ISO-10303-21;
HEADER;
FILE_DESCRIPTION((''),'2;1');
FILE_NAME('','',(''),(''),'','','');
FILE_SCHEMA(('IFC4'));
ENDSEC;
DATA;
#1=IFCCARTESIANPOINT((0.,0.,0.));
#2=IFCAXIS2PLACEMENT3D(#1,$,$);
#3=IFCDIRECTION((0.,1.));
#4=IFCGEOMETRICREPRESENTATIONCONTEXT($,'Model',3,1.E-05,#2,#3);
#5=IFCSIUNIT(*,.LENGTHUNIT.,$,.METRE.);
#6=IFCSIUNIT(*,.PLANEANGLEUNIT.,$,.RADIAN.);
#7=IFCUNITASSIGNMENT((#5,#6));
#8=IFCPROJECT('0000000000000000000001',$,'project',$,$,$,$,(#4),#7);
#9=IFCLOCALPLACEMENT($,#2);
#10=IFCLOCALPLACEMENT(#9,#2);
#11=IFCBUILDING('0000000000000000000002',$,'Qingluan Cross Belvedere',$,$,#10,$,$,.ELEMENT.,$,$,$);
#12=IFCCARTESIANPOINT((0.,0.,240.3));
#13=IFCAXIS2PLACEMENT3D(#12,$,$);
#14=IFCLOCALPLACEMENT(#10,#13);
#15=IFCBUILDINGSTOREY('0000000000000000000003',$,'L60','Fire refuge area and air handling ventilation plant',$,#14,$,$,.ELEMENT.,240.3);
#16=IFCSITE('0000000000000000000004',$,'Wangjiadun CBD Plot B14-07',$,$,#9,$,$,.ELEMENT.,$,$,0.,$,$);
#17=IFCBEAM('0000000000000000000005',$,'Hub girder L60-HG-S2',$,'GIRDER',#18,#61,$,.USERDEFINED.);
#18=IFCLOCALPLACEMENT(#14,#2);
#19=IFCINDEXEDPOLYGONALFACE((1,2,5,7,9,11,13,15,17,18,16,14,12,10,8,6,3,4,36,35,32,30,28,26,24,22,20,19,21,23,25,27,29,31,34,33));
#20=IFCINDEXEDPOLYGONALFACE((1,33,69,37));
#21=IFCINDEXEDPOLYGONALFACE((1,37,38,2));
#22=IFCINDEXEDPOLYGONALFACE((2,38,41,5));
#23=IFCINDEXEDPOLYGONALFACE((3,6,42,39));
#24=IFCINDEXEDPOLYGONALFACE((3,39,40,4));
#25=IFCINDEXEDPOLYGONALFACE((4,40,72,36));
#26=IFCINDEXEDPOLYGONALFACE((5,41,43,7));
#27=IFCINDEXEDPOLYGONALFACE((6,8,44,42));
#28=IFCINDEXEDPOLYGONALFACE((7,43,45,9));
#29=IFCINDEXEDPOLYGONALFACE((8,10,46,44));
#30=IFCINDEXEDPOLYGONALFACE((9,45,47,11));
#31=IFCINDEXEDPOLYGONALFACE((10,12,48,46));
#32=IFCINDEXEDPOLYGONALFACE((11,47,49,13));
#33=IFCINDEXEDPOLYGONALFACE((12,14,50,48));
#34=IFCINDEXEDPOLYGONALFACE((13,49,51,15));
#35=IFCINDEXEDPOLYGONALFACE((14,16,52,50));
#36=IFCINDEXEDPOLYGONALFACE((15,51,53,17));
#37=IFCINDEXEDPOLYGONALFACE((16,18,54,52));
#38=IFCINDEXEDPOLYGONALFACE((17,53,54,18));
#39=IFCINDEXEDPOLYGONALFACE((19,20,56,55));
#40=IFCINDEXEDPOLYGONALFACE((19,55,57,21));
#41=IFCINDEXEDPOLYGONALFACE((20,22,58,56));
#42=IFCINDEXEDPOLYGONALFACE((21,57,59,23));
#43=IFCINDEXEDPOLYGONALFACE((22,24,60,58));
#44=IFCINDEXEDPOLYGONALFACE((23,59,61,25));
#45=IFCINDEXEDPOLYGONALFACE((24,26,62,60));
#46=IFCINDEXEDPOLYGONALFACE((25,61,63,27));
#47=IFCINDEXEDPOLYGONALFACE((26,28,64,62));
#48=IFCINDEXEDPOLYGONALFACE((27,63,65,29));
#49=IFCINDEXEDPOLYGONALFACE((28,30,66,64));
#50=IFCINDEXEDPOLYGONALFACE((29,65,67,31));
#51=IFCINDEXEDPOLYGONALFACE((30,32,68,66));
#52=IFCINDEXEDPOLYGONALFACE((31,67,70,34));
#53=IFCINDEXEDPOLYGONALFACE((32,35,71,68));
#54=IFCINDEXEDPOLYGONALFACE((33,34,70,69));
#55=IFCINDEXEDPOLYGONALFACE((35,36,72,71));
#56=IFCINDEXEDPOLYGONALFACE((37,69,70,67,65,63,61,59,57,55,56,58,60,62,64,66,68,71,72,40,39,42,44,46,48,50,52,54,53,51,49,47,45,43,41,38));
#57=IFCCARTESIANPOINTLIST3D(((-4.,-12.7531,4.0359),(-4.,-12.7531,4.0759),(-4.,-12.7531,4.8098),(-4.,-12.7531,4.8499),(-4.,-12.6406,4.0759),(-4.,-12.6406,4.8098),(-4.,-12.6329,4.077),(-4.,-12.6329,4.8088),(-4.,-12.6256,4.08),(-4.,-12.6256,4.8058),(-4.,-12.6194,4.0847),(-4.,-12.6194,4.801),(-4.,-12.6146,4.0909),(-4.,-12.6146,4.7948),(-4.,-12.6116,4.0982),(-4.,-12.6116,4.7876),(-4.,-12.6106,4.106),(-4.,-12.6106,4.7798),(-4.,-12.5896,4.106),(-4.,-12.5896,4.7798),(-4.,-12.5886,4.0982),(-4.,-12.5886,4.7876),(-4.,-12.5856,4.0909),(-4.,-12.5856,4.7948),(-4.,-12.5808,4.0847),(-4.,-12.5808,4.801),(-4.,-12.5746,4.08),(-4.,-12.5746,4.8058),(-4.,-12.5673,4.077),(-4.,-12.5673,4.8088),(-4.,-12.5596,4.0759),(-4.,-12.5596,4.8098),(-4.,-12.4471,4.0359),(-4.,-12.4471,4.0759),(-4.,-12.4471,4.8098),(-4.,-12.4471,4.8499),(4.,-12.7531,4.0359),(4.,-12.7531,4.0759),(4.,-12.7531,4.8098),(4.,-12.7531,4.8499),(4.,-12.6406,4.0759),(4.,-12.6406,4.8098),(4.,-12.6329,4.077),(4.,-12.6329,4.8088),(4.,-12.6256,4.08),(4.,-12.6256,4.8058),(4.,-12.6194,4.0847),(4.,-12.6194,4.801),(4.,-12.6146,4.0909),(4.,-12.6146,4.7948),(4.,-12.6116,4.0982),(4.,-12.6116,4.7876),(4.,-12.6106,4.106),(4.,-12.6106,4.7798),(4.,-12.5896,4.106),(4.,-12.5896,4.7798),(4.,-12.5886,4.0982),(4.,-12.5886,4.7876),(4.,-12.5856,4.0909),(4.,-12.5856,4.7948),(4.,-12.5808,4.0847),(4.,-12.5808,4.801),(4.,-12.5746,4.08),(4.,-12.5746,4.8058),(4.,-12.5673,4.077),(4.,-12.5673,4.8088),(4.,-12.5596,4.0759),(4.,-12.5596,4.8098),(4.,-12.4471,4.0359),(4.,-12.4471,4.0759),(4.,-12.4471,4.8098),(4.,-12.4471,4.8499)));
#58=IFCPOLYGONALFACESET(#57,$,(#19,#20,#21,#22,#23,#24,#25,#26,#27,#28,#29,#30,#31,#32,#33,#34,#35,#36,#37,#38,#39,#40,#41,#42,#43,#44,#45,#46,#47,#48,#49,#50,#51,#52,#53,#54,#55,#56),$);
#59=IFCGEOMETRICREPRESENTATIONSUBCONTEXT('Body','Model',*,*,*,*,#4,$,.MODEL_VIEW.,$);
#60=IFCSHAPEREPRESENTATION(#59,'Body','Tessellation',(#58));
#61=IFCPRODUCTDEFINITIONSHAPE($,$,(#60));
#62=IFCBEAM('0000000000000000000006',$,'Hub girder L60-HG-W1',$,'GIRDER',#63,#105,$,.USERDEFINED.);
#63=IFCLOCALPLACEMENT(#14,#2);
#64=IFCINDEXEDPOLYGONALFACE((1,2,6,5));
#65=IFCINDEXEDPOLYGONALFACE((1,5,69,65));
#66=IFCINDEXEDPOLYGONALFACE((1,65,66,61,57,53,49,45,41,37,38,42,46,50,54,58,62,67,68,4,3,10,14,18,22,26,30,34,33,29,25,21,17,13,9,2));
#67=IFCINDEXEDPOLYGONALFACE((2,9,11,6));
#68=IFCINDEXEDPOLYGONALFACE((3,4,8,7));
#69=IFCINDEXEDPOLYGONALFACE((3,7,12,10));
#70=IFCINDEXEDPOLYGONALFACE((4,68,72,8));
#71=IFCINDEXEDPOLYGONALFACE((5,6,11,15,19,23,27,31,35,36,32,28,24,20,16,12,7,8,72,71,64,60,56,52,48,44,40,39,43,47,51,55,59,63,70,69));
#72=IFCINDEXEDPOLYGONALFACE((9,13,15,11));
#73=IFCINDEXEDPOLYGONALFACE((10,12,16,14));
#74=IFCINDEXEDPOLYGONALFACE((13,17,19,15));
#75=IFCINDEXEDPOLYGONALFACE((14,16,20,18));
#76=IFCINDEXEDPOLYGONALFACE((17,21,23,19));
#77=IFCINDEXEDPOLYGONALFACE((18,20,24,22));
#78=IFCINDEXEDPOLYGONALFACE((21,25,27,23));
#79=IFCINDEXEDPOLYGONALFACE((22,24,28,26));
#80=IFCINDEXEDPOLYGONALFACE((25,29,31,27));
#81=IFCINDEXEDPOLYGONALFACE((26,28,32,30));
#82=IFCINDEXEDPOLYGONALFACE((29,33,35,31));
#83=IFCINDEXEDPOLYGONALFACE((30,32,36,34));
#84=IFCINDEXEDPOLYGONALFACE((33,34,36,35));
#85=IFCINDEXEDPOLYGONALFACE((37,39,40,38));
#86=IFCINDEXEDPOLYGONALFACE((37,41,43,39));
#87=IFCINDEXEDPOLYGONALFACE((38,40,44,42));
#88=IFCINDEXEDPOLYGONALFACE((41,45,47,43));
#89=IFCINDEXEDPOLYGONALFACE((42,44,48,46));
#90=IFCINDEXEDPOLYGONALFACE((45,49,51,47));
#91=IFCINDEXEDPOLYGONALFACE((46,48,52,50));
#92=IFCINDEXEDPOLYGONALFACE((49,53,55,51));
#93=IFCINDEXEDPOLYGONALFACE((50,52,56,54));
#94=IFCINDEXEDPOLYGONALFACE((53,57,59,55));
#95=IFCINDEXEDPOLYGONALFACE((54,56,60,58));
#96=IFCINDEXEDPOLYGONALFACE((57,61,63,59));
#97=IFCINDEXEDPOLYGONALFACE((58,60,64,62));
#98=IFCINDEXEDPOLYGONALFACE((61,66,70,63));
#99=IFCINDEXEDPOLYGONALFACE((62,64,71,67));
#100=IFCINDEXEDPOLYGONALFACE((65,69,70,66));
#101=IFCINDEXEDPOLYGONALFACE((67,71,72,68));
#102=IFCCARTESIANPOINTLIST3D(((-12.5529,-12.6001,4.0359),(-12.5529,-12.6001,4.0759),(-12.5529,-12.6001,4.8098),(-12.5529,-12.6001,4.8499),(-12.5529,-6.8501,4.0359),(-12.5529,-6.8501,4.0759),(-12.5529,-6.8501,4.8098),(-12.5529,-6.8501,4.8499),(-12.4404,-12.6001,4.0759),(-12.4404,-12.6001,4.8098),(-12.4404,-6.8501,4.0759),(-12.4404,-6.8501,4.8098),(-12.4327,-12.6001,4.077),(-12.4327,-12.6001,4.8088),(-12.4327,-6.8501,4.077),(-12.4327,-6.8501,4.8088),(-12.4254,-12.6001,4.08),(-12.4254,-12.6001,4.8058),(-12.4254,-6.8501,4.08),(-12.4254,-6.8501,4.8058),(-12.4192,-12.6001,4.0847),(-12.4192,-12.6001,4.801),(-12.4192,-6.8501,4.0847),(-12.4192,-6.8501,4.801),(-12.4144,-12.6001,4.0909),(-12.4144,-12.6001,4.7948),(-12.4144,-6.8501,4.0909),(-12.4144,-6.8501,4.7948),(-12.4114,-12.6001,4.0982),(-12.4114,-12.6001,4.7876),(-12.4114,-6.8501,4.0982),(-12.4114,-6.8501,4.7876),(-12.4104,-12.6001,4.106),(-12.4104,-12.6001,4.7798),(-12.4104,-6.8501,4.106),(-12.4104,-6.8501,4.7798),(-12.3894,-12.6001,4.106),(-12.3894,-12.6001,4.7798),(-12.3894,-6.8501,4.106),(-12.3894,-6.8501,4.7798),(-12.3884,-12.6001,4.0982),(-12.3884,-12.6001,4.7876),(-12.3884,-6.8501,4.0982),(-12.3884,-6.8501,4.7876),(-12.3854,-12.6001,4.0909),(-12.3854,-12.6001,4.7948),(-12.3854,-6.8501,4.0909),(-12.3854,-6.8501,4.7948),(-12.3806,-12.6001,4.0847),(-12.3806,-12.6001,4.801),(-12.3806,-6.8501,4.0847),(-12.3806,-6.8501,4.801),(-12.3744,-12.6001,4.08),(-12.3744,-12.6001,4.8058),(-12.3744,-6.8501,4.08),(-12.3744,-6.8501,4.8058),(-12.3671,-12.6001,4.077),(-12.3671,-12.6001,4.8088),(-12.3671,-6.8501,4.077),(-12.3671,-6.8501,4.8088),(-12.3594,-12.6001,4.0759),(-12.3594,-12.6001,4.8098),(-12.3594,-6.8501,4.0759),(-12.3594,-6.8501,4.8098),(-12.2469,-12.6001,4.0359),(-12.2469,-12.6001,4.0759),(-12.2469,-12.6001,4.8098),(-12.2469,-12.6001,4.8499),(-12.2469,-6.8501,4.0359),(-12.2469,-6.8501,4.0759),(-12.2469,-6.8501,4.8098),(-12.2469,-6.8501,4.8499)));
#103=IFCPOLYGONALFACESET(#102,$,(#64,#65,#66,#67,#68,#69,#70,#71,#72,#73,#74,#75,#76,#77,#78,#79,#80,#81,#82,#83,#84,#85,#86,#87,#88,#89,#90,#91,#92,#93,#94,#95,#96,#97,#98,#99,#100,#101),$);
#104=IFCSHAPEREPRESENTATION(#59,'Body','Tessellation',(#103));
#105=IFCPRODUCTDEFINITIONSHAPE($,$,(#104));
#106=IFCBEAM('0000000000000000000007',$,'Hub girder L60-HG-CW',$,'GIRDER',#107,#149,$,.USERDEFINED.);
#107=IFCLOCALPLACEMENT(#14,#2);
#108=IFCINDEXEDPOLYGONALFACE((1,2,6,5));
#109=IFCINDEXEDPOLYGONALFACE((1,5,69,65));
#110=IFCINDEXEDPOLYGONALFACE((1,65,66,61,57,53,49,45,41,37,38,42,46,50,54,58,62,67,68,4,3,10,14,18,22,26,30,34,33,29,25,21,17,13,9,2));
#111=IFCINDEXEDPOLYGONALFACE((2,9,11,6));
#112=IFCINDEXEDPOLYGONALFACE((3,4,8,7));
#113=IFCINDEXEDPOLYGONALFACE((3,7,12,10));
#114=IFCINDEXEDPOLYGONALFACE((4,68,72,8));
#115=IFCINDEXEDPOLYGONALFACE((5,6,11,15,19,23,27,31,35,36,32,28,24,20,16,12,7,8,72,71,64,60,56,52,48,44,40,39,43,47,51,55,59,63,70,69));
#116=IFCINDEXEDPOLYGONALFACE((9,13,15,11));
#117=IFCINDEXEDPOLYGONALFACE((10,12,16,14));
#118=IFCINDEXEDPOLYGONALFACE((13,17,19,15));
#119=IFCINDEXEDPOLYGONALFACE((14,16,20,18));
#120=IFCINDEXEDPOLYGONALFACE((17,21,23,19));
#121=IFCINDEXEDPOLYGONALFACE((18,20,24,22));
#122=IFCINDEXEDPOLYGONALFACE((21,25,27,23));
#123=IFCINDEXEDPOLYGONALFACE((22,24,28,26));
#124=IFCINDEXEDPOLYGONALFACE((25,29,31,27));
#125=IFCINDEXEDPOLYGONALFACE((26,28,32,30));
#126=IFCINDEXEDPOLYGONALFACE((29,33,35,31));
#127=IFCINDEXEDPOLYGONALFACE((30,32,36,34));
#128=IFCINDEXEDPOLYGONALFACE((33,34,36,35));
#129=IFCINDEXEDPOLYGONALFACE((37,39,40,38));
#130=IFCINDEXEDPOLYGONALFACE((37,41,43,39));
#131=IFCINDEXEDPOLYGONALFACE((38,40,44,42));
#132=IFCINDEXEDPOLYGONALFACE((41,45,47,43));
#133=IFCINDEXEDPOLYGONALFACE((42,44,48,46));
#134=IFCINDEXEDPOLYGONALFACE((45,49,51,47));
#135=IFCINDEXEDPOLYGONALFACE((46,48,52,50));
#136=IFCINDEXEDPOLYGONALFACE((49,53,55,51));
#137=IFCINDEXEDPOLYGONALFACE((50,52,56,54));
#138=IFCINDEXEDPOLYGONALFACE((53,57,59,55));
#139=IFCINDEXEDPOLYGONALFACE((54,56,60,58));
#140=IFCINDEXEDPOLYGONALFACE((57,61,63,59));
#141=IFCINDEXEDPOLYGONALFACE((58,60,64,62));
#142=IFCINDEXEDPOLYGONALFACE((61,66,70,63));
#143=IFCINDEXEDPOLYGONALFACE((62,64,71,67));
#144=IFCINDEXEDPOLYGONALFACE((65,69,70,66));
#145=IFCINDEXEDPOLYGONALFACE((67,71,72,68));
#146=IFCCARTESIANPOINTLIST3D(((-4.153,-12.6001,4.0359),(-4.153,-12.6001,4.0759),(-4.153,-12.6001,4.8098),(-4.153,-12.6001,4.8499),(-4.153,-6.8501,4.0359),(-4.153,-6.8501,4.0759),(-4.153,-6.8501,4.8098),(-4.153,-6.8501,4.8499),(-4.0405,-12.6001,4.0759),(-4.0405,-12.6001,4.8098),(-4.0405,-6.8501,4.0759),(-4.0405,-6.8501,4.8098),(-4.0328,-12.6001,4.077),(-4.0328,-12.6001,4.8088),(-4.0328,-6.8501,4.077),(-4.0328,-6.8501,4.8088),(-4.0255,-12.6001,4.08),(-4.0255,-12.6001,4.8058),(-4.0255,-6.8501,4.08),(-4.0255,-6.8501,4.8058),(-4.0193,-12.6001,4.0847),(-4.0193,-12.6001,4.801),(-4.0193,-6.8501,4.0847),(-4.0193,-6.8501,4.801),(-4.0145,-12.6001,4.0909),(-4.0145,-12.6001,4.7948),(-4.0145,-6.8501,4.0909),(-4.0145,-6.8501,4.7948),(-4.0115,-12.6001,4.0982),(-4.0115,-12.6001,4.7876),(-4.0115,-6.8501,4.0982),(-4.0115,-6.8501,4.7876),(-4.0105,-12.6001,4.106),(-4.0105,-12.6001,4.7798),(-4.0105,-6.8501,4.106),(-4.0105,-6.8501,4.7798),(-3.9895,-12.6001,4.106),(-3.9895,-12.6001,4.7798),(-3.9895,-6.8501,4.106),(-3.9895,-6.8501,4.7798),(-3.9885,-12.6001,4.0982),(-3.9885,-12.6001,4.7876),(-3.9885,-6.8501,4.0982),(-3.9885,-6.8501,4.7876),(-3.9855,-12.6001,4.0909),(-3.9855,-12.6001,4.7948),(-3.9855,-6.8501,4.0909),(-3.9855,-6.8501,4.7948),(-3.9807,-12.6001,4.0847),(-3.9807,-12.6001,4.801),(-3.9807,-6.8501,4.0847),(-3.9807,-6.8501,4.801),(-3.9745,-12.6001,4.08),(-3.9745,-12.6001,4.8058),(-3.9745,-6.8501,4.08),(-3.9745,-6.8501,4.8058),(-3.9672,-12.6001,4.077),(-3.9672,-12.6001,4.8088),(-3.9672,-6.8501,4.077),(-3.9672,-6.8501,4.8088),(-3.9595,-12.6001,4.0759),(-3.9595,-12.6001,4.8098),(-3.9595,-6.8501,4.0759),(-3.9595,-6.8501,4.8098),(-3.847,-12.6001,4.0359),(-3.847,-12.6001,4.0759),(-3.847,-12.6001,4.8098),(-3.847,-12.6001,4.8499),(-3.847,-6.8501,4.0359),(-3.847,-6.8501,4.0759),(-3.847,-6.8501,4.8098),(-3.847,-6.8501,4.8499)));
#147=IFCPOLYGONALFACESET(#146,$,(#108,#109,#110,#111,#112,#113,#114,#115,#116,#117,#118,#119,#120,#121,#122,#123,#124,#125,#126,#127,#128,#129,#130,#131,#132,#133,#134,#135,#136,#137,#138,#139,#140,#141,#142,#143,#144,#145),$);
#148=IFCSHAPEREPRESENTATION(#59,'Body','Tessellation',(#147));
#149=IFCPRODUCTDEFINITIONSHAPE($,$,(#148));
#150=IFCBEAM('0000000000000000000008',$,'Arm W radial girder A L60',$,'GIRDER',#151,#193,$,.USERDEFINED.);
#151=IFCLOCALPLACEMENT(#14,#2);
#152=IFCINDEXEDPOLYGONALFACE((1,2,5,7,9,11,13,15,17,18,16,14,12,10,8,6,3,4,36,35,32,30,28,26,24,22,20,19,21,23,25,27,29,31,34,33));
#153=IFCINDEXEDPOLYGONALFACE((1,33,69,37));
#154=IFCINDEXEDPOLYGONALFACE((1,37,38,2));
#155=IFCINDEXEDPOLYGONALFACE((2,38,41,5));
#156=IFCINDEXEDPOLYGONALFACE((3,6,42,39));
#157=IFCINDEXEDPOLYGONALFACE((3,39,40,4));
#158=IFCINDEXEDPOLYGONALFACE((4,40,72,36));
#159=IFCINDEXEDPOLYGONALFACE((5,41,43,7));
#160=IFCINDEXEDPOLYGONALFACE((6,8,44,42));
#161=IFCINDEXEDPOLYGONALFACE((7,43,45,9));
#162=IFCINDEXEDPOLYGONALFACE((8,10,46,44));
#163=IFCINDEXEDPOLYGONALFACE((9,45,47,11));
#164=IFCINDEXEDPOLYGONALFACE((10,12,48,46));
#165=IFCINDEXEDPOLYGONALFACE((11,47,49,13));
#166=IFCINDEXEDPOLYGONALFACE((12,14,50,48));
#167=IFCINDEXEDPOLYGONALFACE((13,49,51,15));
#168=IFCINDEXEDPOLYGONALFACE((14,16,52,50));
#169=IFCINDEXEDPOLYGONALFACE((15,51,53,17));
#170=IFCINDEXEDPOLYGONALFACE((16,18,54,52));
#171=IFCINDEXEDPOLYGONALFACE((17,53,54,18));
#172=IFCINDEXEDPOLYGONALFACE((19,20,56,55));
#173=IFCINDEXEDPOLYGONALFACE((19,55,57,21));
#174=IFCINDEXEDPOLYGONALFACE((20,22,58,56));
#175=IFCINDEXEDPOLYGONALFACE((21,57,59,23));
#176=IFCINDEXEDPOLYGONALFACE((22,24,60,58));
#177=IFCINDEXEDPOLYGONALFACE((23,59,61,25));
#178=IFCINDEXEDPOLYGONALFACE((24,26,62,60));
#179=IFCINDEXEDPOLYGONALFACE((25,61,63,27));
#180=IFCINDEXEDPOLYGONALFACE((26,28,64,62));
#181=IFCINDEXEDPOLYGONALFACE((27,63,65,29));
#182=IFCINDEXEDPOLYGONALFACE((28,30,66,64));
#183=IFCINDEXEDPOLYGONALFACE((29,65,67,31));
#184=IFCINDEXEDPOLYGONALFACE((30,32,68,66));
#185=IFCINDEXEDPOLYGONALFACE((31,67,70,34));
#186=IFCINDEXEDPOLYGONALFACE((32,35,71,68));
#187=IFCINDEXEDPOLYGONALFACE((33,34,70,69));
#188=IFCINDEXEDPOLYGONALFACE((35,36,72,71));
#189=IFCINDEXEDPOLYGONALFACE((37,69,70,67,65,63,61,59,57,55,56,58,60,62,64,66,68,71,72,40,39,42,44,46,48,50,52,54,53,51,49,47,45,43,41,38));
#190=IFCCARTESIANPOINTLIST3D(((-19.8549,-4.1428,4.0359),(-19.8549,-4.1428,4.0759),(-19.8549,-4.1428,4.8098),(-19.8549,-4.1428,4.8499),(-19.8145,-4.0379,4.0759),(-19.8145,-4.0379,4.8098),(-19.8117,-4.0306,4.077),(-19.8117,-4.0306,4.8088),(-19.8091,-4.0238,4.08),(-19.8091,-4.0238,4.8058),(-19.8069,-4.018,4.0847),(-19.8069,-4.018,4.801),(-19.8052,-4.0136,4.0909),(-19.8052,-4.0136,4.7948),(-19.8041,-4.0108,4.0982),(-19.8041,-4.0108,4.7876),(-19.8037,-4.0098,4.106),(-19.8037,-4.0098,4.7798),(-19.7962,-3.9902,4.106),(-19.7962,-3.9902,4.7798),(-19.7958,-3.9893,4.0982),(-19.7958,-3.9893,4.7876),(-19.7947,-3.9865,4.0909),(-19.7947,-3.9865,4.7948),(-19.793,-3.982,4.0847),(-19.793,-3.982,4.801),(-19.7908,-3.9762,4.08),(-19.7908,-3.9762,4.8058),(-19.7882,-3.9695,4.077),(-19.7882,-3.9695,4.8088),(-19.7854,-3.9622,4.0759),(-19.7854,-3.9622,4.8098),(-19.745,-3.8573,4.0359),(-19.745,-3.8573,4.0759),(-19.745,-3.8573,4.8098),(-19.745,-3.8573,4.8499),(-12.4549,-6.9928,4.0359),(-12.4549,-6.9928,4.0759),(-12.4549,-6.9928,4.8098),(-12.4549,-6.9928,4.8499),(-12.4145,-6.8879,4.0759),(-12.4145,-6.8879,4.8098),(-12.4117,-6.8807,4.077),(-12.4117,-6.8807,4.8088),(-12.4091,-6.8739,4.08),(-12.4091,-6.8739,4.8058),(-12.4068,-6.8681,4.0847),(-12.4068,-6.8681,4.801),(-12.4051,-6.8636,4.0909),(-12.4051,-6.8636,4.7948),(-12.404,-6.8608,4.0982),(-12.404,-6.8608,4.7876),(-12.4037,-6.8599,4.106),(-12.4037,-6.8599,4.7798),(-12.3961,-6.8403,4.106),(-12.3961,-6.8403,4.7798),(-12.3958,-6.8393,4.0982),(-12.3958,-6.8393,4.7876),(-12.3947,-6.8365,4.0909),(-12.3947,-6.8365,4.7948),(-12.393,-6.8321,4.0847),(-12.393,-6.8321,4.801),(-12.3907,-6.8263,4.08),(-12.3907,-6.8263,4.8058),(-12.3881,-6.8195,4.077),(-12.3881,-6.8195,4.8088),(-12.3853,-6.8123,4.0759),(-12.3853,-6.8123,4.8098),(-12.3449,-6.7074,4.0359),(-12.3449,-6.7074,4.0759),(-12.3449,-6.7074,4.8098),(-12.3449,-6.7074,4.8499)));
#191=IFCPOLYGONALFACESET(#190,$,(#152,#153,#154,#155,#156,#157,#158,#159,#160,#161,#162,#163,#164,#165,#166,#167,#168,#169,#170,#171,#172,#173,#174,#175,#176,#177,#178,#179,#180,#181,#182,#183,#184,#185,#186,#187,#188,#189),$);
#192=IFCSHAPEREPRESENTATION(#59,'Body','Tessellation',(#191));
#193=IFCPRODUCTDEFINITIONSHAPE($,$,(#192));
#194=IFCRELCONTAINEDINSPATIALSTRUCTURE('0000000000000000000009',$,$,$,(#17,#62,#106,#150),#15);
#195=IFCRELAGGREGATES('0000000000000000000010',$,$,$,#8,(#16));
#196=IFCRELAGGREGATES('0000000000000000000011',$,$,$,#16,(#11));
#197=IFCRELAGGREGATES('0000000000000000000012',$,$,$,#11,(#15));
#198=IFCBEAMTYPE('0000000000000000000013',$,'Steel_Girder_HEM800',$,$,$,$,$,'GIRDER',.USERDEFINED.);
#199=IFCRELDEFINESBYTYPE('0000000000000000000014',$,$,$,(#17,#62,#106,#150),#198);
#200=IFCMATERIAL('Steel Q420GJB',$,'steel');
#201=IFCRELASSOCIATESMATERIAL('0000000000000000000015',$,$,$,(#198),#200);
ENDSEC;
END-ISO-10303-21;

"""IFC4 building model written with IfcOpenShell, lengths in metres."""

from ifc_helpers import new_model, si_unit, direction, frame, origin, origin_2d, place, context, subcontext, project, spatial, i_section, extrude, material, material_profile, profile_set, type_object, element, save


model = new_model("IFC4")

# Units and contexts
model_context = context("Model", 3, precision=1e-05, world=origin(), true_north=direction((0.0, 1.0)))
body_context = subcontext(model_context, "Body", "Model", "MODEL_VIEW")
ifc_project = project(units=[si_unit("LENGTHUNIT", "METRE"), si_unit("PLANEANGLEUNIT", "RADIAN")], contexts=[model_context])

# Site, building, storey
site_placement = place(None, origin())
site = spatial("IfcSite", under=ifc_project, at=site_placement, Name="Wangjiadun CBD Plot B14-07", CompositionType="ELEMENT", RefElevation=0.0)
building_placement = place(site_placement, origin())
building = spatial("IfcBuilding", under=site, at=building_placement, Name="Qingluan Cross Belvedere", CompositionType="ELEMENT")
storey_placement = place(building_placement, frame((0.0, 0.0, 240.3)))
storey = spatial("IfcBuildingStorey", under=building, at=storey_placement, Name="L60", Description="Fire refuge area and air handling ventilation plant", CompositionType="ELEMENT", Elevation=240.3)

# Beams
ifc_material_1 = material(Name="Steel Q420GJB", Category="steel")
ifc_material_profile_1 = material_profile(ifc_material_1, i_section(OverallWidth=0.3059, OverallDepth=0.814, WebThickness=0.021, FlangeThickness=0.04, FilletRadius=0.03, at=origin_2d()), Name="HEM800")
ifc_profile_set_1 = profile_set([ifc_material_profile_1], Name="Steel Q420GJB")
beam_type_1 = type_object("IfcBeamType", Name="Steel_Girder_HEM800", ElementType="GIRDER", PredefinedType="USERDEFINED", material=ifc_profile_set_1)
beam_1_placement = place(storey_placement, frame((-4.0, -12.6001, 4.4429), z_axis=(1.0, 0.0, 0.0), x_axis=(0.0, 1.0, 0.0)))
element("IfcBeam", 1, at=beam_1_placement, inside=storey, type_object=beam_type_1, Name="Hub girder L60-HG-S2", ObjectType="GIRDER", PredefinedType="USERDEFINED", context=body_context, shape_type="SweptSolid", body=[
    extrude(i_section(OverallWidth=0.3059, OverallDepth=0.814, WebThickness=0.021, FlangeThickness=0.04, FilletRadius=0.03, at=origin_2d()), origin(), (0.0, 0.0, 1.0), 8.0),
])
for number, where, z_axis, x_axis, name in (
    (2, (-12.3999, -12.6001, 4.4429), (0.0, 1.0, 0.0), (-1.0, 0.0, 0.0), "Hub girder L60-HG-W1"),
    (3, (-4.0, -12.6001, 4.4429), (0.0, 1.0, 0.0), (-1.0, 0.0, 0.0), "Hub girder L60-HG-CW"),
):
    element("IfcBeam", number, at=place(storey_placement, frame(where, z_axis=z_axis, x_axis=x_axis)), inside=storey, type_object=beam_type_1, Name=name, ObjectType="GIRDER", PredefinedType="USERDEFINED", context=body_context, shape_type="SweptSolid", body=[
        extrude(i_section(OverallWidth=0.3059, OverallDepth=0.814, WebThickness=0.021, FlangeThickness=0.04, FilletRadius=0.03, at=origin_2d()), origin(), (0.0, 0.0, 1.0), 5.75),
    ])
beam_2_placement = place(storey_placement, frame((-12.3999, -6.8501, 4.4429), z_axis=(-0.933181, 0.359406, 0.0), x_axis=(-0.359406, -0.933181, 0.0)))
element("IfcBeam", 4, at=beam_2_placement, inside=storey, type_object=beam_type_1, Name="Arm W radial girder A L60", ObjectType="GIRDER", PredefinedType="USERDEFINED", context=body_context, shape_type="SweptSolid", body=[
    extrude(i_section(OverallWidth=0.3059, OverallDepth=0.814, WebThickness=0.021, FlangeThickness=0.04, FilletRadius=0.03, at=origin_2d()), origin(), (0.0, 0.0, 1.0), 7.9299),
])

save(model, "model.ifc")
